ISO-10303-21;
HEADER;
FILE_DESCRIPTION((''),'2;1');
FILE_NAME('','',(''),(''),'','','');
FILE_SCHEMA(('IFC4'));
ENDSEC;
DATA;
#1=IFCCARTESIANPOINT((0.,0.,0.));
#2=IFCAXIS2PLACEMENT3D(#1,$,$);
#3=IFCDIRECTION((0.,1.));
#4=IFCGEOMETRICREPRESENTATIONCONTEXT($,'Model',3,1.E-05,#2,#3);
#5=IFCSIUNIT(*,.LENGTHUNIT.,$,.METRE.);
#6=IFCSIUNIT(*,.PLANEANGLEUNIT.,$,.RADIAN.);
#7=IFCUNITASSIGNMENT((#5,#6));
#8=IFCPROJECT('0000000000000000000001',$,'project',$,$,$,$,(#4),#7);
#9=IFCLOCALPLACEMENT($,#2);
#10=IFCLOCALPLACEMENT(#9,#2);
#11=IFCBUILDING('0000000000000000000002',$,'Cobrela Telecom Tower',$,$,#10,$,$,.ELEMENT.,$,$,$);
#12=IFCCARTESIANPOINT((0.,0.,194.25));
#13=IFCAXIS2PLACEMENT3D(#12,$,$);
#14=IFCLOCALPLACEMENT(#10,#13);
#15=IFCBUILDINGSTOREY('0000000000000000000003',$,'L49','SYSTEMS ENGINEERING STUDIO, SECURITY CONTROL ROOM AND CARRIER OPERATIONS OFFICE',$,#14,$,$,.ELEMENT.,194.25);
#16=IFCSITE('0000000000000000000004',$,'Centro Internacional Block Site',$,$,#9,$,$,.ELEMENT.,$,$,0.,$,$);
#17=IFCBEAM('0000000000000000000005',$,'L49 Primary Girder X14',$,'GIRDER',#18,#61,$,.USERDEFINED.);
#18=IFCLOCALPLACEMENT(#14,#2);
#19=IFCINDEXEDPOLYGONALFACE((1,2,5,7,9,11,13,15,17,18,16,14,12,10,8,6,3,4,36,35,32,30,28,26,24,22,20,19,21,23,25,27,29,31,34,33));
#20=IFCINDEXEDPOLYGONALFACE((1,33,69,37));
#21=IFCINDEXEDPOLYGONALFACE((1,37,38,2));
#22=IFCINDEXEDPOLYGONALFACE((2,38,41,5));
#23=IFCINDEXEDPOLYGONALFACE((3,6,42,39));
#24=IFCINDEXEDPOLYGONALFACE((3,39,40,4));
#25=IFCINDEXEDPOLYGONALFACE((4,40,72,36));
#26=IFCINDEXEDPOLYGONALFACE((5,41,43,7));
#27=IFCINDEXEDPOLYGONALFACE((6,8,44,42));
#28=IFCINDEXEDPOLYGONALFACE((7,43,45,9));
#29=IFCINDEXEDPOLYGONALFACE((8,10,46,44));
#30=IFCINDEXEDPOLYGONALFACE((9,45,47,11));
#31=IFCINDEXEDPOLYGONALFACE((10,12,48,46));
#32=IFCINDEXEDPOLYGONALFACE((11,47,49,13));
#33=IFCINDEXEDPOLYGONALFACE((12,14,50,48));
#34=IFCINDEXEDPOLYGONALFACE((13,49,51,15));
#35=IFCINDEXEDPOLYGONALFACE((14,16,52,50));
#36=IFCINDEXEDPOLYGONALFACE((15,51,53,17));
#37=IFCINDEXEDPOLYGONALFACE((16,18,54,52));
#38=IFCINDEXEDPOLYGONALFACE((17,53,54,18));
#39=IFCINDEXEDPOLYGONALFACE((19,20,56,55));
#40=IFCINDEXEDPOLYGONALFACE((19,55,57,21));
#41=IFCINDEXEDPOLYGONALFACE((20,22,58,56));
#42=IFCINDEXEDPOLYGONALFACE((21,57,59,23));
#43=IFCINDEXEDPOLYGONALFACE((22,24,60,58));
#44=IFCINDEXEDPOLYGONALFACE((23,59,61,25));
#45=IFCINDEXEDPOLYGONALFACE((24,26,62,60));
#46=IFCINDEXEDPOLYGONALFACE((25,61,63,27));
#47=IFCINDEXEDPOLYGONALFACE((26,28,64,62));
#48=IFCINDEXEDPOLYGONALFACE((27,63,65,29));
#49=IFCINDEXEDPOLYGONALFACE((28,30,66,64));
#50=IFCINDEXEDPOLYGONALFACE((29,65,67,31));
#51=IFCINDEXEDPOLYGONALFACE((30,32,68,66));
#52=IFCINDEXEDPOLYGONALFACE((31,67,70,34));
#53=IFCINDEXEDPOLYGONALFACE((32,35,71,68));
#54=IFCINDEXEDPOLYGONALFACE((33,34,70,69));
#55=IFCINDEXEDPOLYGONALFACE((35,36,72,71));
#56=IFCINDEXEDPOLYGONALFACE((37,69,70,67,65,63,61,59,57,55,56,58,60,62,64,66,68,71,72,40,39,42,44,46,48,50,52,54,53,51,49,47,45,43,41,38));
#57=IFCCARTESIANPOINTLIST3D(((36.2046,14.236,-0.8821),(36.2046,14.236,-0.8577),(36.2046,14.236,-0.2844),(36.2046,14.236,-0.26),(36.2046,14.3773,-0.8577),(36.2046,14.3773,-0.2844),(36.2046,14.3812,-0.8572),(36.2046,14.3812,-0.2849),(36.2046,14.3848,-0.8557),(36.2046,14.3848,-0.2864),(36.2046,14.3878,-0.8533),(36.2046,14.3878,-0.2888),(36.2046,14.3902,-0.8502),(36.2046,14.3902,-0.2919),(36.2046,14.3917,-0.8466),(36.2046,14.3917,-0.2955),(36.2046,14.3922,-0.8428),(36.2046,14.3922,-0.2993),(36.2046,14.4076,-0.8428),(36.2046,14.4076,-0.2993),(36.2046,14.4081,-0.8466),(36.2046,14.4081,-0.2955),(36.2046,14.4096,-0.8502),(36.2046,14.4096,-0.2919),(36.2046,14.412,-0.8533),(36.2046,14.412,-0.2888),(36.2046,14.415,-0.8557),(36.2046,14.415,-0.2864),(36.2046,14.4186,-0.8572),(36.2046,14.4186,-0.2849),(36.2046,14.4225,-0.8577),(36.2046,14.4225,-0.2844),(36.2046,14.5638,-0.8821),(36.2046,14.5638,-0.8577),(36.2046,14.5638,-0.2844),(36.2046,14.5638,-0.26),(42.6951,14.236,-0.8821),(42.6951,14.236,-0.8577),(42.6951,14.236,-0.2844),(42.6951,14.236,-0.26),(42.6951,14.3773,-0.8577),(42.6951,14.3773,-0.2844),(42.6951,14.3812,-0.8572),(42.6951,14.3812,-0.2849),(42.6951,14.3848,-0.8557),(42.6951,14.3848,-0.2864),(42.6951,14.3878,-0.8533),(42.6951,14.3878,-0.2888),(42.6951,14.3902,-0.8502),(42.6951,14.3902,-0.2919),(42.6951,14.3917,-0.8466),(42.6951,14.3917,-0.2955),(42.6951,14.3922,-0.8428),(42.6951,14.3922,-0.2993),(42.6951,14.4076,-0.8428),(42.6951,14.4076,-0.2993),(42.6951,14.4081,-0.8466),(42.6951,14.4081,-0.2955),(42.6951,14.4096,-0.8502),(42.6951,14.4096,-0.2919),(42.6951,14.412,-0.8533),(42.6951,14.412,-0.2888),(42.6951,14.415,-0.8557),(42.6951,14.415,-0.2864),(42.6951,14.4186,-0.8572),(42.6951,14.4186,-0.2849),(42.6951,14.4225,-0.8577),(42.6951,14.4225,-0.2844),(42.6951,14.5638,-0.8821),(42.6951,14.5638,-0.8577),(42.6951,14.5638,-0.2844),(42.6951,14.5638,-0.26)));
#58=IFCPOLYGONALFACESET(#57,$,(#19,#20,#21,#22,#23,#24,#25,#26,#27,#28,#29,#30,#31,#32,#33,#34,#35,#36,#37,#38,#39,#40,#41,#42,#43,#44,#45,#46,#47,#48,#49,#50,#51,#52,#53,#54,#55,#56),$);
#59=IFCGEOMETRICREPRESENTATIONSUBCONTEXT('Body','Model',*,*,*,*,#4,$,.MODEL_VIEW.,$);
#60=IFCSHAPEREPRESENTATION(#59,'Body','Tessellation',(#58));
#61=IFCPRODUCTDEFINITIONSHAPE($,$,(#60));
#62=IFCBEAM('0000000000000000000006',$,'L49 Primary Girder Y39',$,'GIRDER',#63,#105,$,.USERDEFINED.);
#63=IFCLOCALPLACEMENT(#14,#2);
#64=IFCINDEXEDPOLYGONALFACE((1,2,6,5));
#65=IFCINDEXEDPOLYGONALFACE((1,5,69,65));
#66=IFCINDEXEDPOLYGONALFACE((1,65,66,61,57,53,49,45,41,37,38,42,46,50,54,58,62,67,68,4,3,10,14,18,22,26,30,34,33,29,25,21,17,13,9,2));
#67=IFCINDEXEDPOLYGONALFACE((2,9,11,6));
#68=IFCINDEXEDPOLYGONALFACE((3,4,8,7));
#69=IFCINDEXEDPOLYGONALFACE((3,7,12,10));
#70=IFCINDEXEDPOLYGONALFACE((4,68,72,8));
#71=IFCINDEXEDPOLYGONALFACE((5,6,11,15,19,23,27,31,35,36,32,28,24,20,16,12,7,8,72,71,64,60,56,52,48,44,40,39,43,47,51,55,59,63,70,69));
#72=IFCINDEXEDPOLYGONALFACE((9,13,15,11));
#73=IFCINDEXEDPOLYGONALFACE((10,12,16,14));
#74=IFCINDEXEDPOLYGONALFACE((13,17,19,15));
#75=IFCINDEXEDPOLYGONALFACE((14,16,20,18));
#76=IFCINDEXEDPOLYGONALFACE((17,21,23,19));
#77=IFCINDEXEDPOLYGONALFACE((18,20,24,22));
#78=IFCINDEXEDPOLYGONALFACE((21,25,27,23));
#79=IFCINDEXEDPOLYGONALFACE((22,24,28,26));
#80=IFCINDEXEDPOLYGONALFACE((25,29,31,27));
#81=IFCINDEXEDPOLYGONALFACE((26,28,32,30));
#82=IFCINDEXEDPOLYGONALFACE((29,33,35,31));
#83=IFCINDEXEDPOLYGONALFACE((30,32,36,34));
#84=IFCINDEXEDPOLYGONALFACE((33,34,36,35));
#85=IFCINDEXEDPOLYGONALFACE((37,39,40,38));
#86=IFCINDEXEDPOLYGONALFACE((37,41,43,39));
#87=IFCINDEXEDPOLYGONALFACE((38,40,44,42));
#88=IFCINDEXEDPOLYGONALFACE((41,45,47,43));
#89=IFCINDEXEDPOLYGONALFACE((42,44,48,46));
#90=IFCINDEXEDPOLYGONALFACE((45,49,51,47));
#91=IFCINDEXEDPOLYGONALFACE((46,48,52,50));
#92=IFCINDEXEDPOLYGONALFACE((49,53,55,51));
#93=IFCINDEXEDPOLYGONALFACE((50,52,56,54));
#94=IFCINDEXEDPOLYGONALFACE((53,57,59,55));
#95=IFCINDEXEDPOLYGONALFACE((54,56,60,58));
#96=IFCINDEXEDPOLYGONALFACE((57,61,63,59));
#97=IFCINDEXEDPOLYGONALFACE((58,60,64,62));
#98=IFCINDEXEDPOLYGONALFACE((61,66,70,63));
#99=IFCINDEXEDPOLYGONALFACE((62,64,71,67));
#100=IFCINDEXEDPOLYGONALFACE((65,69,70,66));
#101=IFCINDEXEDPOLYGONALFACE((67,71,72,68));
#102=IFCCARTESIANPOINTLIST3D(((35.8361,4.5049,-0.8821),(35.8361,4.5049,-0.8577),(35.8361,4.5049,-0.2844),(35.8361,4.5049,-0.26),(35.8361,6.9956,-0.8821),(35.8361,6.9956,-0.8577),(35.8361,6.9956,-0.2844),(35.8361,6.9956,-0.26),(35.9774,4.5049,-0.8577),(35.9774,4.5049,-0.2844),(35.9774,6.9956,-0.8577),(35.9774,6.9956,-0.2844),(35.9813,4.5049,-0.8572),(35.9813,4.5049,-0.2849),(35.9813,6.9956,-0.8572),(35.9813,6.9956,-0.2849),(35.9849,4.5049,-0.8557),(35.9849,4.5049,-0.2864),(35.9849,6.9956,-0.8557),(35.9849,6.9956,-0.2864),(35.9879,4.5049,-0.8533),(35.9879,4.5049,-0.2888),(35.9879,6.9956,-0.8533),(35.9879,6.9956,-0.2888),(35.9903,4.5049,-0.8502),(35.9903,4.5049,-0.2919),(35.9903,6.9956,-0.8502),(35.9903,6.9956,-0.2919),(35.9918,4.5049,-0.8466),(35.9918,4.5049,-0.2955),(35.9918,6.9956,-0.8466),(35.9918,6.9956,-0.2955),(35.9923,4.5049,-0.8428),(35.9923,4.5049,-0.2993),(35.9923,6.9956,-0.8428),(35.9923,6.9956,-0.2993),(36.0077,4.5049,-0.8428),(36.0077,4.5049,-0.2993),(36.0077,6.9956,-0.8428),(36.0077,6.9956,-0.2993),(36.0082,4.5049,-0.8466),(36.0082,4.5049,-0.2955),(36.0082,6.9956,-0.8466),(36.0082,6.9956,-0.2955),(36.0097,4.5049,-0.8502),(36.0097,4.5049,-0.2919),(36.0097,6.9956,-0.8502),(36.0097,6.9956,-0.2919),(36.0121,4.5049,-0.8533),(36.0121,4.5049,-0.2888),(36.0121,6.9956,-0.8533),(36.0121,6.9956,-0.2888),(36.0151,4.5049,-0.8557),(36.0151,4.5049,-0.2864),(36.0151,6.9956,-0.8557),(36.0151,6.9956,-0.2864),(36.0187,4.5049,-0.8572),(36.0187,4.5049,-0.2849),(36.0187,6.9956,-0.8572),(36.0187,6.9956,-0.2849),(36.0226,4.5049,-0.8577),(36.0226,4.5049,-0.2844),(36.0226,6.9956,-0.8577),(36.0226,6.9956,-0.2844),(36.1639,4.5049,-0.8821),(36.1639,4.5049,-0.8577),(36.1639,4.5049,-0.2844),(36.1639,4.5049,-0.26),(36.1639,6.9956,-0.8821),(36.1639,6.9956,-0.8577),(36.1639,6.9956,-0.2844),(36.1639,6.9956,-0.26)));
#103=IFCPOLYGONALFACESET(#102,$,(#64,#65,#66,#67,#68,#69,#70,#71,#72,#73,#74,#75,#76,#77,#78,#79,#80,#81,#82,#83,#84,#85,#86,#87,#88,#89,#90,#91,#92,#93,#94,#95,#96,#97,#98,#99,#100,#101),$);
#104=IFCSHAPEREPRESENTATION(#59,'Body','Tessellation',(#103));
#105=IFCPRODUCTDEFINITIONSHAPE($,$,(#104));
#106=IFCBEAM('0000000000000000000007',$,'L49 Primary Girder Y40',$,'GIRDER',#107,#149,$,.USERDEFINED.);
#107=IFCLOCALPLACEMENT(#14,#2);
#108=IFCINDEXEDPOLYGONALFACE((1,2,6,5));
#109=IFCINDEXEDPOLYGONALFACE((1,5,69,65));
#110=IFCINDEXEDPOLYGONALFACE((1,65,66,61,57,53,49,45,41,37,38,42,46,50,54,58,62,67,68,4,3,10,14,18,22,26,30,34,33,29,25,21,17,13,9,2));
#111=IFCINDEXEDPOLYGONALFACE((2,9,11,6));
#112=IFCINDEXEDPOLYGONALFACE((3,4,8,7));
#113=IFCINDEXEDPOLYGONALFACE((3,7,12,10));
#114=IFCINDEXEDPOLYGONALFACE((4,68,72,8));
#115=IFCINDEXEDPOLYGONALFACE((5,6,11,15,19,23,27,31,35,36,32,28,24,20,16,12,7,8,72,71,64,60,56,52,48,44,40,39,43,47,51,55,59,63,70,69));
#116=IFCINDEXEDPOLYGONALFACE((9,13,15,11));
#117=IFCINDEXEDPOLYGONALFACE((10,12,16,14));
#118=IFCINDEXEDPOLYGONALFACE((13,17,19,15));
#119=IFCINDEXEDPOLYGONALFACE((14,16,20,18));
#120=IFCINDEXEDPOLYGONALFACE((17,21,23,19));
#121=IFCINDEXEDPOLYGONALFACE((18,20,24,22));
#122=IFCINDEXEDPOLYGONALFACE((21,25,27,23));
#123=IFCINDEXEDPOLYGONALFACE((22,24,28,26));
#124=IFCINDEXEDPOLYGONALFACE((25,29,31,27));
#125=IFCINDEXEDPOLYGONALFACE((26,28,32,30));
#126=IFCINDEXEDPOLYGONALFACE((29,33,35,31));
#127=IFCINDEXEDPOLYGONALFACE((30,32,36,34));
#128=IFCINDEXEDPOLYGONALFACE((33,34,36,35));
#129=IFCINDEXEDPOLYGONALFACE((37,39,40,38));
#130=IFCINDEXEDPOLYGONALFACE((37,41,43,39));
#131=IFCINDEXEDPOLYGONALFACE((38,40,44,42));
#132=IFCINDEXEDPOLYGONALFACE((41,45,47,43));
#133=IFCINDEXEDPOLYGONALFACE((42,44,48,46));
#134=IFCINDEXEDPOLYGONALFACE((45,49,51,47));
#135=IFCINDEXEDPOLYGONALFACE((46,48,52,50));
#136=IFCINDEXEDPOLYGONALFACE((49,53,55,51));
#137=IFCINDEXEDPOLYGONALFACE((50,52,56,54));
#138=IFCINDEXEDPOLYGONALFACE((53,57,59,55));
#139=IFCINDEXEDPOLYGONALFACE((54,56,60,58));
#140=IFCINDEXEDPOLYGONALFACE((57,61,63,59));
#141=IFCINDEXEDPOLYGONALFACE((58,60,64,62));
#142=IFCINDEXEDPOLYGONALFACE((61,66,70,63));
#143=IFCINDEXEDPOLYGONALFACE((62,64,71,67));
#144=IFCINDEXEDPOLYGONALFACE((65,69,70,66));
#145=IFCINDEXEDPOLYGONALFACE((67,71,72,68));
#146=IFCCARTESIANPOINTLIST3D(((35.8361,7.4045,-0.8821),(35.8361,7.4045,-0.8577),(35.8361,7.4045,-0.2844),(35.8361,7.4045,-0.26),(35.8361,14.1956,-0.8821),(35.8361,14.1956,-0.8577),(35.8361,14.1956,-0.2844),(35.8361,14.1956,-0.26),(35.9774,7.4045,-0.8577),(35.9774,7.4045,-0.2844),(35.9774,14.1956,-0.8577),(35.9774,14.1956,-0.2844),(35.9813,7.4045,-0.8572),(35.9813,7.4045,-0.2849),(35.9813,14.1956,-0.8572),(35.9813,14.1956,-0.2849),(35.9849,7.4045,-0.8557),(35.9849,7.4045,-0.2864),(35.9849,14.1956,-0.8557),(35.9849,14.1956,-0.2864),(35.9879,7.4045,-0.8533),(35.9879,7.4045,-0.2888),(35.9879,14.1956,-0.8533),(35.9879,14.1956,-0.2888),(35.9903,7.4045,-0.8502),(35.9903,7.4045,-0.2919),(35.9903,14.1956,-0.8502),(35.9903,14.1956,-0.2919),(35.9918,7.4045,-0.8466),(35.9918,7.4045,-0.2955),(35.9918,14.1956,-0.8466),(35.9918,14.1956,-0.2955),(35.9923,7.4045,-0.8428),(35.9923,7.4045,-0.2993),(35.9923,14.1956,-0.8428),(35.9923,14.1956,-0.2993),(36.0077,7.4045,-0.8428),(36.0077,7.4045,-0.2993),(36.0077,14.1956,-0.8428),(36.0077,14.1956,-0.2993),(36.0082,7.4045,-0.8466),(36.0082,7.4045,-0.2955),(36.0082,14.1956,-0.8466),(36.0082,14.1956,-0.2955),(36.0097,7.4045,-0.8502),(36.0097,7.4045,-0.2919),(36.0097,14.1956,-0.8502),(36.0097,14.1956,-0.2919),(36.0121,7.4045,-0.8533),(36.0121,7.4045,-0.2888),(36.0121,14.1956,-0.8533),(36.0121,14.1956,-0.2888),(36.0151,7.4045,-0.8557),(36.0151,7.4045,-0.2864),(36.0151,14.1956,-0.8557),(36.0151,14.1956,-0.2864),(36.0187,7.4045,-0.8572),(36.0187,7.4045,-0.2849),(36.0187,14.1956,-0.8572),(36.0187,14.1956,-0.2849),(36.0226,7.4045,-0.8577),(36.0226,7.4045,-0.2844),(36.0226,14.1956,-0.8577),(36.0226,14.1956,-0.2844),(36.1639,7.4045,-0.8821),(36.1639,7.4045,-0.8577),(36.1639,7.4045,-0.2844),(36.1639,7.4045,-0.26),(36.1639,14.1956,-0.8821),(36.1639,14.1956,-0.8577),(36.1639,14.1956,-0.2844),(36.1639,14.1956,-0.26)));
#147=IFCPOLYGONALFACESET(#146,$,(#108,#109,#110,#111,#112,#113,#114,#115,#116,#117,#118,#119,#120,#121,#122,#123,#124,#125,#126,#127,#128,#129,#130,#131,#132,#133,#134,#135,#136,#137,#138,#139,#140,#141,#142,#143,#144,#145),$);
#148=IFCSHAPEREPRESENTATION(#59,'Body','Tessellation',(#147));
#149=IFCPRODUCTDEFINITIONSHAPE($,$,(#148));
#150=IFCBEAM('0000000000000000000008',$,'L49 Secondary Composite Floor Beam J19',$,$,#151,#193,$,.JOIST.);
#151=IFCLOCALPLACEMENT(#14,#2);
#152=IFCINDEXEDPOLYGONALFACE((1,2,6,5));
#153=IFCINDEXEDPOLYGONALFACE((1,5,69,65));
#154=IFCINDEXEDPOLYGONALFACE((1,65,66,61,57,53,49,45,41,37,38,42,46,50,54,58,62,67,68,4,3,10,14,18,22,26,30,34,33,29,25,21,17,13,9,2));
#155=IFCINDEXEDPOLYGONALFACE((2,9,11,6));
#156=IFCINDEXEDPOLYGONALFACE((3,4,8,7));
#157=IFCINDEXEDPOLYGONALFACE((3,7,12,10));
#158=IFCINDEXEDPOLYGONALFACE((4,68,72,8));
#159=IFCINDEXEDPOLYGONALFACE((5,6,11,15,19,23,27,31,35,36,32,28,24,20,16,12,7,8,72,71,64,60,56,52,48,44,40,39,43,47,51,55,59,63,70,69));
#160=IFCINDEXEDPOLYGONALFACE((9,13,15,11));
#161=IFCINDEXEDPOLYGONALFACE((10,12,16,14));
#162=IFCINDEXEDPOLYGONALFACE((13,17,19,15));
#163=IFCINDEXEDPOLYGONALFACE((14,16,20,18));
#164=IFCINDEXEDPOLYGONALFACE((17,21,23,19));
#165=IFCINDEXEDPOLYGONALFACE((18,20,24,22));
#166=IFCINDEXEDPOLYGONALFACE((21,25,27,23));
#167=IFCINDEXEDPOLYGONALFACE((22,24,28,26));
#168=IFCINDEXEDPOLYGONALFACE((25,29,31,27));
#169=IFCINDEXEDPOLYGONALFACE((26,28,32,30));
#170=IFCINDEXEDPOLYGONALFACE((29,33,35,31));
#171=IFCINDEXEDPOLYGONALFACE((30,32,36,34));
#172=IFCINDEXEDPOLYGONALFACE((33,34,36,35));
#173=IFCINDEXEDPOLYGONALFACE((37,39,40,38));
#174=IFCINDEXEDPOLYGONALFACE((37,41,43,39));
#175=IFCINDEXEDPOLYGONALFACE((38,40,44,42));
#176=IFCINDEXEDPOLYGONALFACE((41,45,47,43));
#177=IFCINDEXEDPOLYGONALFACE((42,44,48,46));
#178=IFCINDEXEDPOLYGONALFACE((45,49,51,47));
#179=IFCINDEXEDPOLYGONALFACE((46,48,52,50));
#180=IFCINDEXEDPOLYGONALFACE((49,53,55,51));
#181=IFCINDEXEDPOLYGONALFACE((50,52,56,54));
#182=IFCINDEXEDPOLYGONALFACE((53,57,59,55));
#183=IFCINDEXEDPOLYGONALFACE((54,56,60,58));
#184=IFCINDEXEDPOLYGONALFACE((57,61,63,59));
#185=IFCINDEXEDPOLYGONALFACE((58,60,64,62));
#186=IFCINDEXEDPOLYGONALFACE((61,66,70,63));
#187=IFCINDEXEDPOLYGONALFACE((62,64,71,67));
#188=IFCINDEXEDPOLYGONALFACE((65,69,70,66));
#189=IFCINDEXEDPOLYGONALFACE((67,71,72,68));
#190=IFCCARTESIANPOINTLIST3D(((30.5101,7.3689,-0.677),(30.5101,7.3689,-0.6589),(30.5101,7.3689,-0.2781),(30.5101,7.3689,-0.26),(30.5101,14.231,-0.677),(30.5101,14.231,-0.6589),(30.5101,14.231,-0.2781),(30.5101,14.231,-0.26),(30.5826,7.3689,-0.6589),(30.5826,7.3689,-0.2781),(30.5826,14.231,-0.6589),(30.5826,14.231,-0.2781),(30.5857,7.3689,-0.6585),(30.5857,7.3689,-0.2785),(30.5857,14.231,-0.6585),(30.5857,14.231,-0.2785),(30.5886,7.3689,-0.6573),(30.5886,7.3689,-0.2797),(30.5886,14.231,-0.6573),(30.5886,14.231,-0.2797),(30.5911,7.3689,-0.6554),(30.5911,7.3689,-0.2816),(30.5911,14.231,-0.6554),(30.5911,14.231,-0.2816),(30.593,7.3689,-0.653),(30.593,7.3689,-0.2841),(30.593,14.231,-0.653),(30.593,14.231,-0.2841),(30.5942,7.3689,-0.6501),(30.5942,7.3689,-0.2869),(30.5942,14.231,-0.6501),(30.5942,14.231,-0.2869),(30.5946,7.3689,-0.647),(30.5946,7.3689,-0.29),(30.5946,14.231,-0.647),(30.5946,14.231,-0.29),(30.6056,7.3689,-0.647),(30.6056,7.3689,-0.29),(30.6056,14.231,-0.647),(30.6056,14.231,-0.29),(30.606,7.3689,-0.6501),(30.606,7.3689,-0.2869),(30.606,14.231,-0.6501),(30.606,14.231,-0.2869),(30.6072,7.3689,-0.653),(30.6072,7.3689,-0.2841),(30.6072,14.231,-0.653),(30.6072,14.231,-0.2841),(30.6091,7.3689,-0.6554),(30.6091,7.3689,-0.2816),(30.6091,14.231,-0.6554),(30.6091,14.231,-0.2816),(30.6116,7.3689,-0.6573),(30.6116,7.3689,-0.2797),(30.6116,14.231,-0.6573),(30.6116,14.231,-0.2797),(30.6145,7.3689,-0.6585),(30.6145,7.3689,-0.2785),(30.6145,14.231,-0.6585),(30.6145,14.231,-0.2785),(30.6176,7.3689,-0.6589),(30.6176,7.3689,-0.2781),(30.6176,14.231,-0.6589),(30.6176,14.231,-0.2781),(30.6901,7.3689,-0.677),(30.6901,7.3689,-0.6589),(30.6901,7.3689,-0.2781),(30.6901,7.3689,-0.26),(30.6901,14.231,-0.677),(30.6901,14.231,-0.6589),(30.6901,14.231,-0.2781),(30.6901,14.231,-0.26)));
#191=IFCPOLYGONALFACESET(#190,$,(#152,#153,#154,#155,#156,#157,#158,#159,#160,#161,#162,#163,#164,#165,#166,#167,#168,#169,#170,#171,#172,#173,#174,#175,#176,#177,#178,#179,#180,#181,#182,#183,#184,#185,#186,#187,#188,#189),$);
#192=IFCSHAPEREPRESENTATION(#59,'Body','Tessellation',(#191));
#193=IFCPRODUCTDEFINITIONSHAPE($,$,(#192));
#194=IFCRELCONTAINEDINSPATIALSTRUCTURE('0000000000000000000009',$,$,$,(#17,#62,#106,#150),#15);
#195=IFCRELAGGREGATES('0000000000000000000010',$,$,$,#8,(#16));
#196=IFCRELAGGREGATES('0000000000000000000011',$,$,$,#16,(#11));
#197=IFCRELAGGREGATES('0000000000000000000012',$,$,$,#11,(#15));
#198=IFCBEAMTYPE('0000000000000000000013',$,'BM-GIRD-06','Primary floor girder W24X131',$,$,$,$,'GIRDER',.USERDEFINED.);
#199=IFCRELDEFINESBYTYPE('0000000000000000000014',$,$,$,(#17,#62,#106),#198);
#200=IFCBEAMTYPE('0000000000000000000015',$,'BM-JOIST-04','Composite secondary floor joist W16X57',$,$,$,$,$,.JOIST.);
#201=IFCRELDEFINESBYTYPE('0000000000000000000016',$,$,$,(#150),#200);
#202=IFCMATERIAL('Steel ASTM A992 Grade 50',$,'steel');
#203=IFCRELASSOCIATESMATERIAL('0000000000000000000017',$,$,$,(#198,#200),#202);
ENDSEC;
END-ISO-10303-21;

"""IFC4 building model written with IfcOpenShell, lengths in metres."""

from ifc_helpers import new_model, si_unit, direction, frame, origin, origin_2d, place, context, subcontext, project, spatial, i_section, extrude, material, material_profile, profile_set, type_object, element, save


model = new_model("IFC4")

# Units and contexts
model_context = context("Model", 3, precision=1e-05, world=origin(), true_north=direction((0.0, 1.0)))
body_context = subcontext(model_context, "Body", "Model", "MODEL_VIEW")
ifc_project = project(units=[si_unit("LENGTHUNIT", "METRE"), si_unit("PLANEANGLEUNIT", "RADIAN")], contexts=[model_context])

# Site, building, storey
site_placement = place(None, origin())
site = spatial("IfcSite", under=ifc_project, at=site_placement, Name="Centro Internacional Block Site", CompositionType="ELEMENT", RefElevation=0.0)
building_placement = place(site_placement, origin())
building = spatial("IfcBuilding", under=site, at=building_placement, Name="Cobrela Telecom Tower", CompositionType="ELEMENT")
storey_placement = place(building_placement, frame((0.0, 0.0, 194.25)))
storey = spatial("IfcBuildingStorey", under=building, at=storey_placement, Name="L49", Description="SYSTEMS ENGINEERING STUDIO, SECURITY CONTROL ROOM AND CARRIER OPERATIONS OFFICE", CompositionType="ELEMENT", Elevation=194.25)

# Shared definitions
ifc_material_1 = material(Name="Steel ASTM A992 Grade 50", Category="steel")

# Beams
ifc_material_profile_1 = material_profile(ifc_material_1, i_section(OverallWidth=0.3279, OverallDepth=0.6221, WebThickness=0.0154, FlangeThickness=0.0244, FilletRadius=0.0149, at=origin_2d()), Name="W24X131")
ifc_profile_set_1 = profile_set([ifc_material_profile_1], Name="Steel ASTM A992 Grade 50")
beam_type_1 = type_object("IfcBeamType", Name="BM-GIRD-06", Description="Primary floor girder W24X131", ElementType="GIRDER", PredefinedType="USERDEFINED", material=ifc_profile_set_1)
for number, where, z_axis, x_axis, name in (
    (1, (36.2046, 14.3999, -0.571), (1.0, 0.0, 0.0), (0.0, 1.0, 0.0), "L49 Primary Girder X14"),
):
    element("IfcBeam", number, at=place(storey_placement, frame(where, z_axis=z_axis, x_axis=x_axis)), inside=storey, type_object=beam_type_1, Name=name, ObjectType="GIRDER", PredefinedType="USERDEFINED", context=body_context, shape_type="SweptSolid", body=[
        extrude(i_section(OverallWidth=0.3279, OverallDepth=0.6221, WebThickness=0.0154, FlangeThickness=0.0244, FilletRadius=0.0149, at=origin_2d()), origin(), (0.0, 0.0, 1.0), 6.4905),
    ])
beam_1_placement = place(storey_placement, frame((36.0, 4.5049, -0.571), z_axis=(0.0, 1.0, 0.0), x_axis=(-1.0, 0.0, 0.0)))
element("IfcBeam", 2, at=beam_1_placement, inside=storey, type_object=beam_type_1, Name="L49 Primary Girder Y39", ObjectType="GIRDER", PredefinedType="USERDEFINED", context=body_context, shape_type="SweptSolid", body=[
    extrude(i_section(OverallWidth=0.3279, OverallDepth=0.6221, WebThickness=0.0154, FlangeThickness=0.0244, FilletRadius=0.0149, at=origin_2d()), origin(), (0.0, 0.0, 1.0), 2.4907),
])
beam_2_placement = place(storey_placement, frame((36.0, 7.4045, -0.571), z_axis=(0.0, 1.0, 0.0), x_axis=(-1.0, 0.0, 0.0)))
element("IfcBeam", 3, at=beam_2_placement, inside=storey, type_object=beam_type_1, Name="L49 Primary Girder Y40", ObjectType="GIRDER", PredefinedType="USERDEFINED", context=body_context, shape_type="SweptSolid", body=[
    extrude(i_section(OverallWidth=0.3279, OverallDepth=0.6221, WebThickness=0.0154, FlangeThickness=0.0244, FilletRadius=0.0149, at=origin_2d()), origin(), (0.0, 0.0, 1.0), 6.791),
])
ifc_material_profile_2 = material_profile(ifc_material_1, i_section(OverallWidth=0.1799, OverallDepth=0.417, WebThickness=0.011, FlangeThickness=0.0181, FilletRadius=0.012, at=origin_2d()), Name="W16X57")
ifc_profile_set_2 = profile_set([ifc_material_profile_2], Name="Steel ASTM A992 Grade 50")
beam_type_2 = type_object("IfcBeamType", Name="BM-JOIST-04", Description="Composite secondary floor joist W16X57", PredefinedType="JOIST", material=ifc_profile_set_2)
for number, where, z_axis, x_axis, name in (
    (4, (30.6001, 7.3689, -0.4685), (0.0, 1.0, 0.0), (-1.0, 0.0, 0.0), "L49 Secondary Composite Floor Beam J19"),
):
    element("IfcBeam", number, at=place(storey_placement, frame(where, z_axis=z_axis, x_axis=x_axis)), inside=storey, type_object=beam_type_2, Name=name, PredefinedType="JOIST", context=body_context, shape_type="SweptSolid", body=[
        extrude(i_section(OverallWidth=0.1799, OverallDepth=0.417, WebThickness=0.011, FlangeThickness=0.0181, FilletRadius=0.012, at=origin_2d()), origin(), (0.0, 0.0, 1.0), 6.8621),
    ])

save(model, "model.ifc")
